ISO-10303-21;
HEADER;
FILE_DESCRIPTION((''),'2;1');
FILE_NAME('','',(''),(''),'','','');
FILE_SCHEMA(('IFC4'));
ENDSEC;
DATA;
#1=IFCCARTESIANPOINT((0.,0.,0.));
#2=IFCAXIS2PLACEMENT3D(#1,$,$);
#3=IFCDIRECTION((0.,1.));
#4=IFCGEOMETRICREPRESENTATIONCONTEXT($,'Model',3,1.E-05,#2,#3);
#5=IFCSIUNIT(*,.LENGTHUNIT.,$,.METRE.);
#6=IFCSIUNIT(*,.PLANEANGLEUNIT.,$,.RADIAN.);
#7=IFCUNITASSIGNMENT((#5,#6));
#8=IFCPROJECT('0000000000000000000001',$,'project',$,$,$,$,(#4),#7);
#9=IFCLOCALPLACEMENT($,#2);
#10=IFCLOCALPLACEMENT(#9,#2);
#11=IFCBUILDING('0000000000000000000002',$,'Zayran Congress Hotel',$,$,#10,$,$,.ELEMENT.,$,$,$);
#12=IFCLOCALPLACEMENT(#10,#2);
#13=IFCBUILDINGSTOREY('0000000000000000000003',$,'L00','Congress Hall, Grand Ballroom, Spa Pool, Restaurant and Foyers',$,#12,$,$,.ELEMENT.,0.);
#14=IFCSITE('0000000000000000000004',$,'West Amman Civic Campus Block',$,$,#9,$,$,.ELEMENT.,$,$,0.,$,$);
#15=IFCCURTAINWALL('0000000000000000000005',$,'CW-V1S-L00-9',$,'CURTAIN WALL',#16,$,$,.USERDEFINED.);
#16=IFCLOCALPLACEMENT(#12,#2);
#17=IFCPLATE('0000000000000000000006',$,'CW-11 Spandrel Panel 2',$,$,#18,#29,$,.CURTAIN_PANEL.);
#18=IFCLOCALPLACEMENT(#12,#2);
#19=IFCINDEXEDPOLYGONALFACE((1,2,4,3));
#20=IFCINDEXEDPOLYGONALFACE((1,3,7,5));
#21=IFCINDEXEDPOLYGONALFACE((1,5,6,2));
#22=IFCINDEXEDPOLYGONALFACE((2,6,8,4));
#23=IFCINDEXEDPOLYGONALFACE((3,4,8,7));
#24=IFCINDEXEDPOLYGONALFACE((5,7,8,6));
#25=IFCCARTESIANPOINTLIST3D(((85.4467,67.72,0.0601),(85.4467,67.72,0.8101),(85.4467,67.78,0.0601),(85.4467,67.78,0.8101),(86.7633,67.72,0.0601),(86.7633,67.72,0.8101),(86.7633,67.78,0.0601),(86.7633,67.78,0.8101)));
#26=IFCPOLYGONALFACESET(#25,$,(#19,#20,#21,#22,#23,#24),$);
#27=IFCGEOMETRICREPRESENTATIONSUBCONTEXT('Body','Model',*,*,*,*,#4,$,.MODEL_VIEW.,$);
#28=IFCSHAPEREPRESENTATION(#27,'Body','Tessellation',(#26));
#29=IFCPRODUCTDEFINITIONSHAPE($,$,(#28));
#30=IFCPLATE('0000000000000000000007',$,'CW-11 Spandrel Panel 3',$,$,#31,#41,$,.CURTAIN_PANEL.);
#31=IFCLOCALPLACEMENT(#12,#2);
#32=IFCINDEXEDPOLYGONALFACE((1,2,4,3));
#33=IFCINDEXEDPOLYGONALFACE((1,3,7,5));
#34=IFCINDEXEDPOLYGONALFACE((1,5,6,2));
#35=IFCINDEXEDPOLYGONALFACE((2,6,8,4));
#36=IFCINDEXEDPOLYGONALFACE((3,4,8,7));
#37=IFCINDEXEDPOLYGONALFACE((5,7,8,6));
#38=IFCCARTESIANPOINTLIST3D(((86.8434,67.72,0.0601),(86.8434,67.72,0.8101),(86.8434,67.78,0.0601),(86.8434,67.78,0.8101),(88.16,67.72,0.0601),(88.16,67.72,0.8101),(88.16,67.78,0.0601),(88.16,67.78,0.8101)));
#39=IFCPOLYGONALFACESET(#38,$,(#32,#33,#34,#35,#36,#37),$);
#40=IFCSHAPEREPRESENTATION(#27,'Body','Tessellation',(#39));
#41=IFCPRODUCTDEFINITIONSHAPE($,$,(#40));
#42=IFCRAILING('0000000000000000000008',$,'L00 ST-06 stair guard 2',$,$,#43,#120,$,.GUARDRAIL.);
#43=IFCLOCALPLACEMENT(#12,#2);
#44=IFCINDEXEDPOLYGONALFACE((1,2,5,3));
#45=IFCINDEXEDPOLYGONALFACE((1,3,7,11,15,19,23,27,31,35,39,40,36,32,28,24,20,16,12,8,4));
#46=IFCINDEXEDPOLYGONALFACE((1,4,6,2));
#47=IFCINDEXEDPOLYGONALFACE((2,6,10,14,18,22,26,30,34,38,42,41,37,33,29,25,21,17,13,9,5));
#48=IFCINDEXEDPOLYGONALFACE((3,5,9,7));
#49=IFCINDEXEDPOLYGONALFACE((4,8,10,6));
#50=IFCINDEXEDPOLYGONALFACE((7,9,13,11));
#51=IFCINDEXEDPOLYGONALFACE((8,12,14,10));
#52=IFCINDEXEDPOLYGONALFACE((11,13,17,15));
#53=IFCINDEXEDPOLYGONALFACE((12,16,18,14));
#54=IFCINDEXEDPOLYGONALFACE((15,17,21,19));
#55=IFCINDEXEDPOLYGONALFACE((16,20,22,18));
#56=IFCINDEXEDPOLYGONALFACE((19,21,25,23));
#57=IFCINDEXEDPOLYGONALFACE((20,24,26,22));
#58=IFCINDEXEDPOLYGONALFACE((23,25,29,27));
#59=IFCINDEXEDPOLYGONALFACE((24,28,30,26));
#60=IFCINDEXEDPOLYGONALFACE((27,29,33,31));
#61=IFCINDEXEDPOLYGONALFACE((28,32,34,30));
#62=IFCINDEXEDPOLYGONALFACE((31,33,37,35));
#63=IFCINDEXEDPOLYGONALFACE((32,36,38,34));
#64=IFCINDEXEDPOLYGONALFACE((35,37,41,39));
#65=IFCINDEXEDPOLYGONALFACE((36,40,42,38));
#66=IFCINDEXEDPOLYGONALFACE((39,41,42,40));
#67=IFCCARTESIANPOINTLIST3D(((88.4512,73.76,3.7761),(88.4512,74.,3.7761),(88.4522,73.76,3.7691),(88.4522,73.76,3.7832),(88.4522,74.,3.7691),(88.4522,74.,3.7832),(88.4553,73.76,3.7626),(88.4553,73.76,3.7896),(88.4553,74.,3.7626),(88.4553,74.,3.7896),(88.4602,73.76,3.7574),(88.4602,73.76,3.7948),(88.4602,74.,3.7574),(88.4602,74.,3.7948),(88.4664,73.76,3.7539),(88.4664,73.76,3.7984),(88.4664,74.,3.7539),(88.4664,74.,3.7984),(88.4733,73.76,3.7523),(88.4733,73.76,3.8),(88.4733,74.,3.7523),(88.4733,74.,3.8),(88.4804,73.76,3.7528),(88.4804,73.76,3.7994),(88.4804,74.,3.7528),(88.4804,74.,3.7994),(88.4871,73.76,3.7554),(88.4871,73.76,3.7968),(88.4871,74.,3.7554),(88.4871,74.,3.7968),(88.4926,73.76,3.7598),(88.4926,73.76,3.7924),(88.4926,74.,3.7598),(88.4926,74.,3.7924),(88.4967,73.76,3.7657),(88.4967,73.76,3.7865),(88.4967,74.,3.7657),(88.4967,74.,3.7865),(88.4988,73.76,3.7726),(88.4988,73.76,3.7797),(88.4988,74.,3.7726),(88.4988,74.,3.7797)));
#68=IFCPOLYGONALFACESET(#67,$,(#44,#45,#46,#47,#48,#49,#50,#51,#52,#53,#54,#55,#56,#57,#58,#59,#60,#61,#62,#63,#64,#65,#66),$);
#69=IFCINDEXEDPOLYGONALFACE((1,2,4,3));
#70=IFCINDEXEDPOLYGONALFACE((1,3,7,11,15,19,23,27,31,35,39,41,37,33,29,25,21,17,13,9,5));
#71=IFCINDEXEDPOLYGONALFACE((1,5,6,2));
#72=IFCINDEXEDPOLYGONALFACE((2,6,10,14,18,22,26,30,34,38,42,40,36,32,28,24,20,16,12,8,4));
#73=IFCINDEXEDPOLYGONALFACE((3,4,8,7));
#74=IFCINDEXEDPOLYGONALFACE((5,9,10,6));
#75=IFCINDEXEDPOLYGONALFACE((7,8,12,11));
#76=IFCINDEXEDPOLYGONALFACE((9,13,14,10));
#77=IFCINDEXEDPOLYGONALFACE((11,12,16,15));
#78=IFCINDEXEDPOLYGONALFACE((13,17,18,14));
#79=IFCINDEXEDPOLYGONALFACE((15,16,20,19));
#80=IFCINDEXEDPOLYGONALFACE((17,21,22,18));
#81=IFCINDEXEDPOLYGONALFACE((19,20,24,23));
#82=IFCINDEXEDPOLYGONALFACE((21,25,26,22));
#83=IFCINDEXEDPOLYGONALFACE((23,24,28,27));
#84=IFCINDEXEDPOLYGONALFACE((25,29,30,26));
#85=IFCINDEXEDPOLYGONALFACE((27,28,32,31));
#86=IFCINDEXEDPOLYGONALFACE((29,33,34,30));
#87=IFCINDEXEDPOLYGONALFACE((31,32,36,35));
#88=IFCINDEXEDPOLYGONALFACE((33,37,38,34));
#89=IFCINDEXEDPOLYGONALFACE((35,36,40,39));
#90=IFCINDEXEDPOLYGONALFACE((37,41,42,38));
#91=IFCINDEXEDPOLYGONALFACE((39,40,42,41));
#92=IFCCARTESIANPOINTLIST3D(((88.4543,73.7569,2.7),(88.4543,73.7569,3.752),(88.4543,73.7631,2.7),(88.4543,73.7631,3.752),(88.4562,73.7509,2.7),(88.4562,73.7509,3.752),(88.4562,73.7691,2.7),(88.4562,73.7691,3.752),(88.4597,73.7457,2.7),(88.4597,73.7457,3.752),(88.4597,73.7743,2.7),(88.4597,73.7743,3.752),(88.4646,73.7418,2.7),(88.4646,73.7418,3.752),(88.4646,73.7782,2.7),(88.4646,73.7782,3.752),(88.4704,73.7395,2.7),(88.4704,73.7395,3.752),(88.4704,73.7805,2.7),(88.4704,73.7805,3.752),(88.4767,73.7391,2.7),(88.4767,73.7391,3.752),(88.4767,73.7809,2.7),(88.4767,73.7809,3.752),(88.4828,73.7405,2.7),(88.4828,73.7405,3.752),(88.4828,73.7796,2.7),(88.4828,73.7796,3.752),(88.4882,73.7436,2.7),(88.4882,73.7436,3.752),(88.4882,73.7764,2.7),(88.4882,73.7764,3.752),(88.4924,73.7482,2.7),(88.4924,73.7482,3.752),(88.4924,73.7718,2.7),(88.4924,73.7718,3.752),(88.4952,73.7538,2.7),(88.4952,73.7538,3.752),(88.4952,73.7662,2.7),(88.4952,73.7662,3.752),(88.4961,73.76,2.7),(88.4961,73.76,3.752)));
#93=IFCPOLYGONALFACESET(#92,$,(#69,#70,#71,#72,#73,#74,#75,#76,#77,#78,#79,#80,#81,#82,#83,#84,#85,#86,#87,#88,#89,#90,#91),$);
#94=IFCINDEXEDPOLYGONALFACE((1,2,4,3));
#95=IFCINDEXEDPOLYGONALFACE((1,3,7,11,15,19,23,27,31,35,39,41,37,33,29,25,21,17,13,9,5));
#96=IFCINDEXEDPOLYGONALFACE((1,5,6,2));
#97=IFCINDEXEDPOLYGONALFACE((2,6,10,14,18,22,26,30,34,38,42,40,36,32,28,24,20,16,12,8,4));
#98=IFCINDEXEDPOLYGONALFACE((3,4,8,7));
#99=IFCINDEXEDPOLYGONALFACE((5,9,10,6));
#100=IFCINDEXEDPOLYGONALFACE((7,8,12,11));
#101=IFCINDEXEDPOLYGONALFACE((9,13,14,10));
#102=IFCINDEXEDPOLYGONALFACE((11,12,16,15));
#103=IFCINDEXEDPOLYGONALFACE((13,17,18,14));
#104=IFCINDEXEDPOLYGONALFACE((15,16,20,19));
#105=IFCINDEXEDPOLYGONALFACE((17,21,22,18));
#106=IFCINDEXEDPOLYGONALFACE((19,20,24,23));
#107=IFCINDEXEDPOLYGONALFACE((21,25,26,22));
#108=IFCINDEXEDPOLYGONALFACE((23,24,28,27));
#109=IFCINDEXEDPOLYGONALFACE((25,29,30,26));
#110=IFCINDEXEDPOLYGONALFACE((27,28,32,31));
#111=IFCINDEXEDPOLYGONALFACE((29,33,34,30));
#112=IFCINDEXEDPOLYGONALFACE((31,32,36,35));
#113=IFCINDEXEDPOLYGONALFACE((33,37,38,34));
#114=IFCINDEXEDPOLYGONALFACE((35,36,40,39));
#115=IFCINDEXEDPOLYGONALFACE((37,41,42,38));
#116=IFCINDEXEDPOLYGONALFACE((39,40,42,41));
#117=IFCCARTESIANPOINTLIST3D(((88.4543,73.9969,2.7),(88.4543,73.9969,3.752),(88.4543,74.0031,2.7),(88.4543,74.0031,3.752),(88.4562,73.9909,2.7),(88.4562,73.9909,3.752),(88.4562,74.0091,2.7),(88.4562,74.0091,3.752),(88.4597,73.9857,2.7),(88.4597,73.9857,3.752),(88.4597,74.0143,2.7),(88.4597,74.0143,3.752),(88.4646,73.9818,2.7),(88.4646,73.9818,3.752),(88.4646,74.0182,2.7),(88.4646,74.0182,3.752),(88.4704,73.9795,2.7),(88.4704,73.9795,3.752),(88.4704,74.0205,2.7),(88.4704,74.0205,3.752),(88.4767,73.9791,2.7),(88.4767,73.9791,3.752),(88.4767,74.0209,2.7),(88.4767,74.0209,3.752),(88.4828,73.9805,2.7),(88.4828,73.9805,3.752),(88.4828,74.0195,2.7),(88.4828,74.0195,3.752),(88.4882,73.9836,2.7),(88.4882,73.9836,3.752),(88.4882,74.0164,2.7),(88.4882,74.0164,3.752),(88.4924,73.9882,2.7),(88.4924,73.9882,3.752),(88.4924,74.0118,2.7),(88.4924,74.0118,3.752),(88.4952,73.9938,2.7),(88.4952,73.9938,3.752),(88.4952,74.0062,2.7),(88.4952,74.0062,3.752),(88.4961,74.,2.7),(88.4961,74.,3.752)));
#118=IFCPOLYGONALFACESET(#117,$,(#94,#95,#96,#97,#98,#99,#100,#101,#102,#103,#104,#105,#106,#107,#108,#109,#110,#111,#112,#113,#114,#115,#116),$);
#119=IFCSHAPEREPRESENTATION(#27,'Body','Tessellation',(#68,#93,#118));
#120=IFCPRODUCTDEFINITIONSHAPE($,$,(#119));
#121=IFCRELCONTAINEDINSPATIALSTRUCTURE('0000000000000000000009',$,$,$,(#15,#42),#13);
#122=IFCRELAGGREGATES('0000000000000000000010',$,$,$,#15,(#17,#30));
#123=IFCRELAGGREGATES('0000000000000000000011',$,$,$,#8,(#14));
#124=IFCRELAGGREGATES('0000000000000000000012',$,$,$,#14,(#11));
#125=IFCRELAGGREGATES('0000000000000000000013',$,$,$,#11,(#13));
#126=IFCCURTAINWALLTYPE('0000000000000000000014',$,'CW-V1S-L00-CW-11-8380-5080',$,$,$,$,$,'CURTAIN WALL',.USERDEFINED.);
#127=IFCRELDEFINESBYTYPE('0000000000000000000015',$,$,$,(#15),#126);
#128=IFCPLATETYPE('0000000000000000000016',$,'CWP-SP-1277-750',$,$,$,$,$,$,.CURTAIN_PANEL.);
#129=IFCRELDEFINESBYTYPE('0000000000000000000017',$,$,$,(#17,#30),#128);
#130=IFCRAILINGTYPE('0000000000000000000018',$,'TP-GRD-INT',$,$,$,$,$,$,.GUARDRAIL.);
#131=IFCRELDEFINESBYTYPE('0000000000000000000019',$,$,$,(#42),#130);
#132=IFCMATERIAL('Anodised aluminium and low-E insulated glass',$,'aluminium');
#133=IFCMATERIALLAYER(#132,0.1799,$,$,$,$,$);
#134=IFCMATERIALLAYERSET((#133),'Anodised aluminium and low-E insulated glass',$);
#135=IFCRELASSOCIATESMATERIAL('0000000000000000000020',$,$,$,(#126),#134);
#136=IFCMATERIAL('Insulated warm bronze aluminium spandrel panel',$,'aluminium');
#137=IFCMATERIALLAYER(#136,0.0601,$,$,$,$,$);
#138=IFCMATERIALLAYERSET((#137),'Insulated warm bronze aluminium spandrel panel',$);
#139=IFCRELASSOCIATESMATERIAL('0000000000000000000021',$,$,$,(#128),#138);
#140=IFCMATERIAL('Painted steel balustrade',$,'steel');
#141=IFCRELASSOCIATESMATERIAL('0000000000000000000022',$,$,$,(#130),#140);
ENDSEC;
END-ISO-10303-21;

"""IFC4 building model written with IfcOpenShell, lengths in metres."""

from ifc_helpers import new_model, si_unit, direction, frame, origin, origin_2d, place, context, subcontext, project, spatial, rectangle, circle, extrude, material, layer, layer_set, type_object, element, aggregate, save


model = new_model("IFC4")

# Units and contexts
model_context = context("Model", 3, precision=1e-05, world=origin(), true_north=direction((0.0, 1.0)))
body_context = subcontext(model_context, "Body", "Model", "MODEL_VIEW")
ifc_project = project(units=[si_unit("LENGTHUNIT", "METRE"), si_unit("PLANEANGLEUNIT", "RADIAN")], contexts=[model_context])

# Site, building, storey
site_placement = place(None, origin())
site = spatial("IfcSite", under=ifc_project, at=site_placement, Name="West Amman Civic Campus Block", CompositionType="ELEMENT", RefElevation=0.0)
building_placement = place(site_placement, origin())
building = spatial("IfcBuilding", under=site, at=building_placement, Name="Zayran Congress Hotel", CompositionType="ELEMENT")
storey_placement = place(building_placement, origin())
storey = spatial("IfcBuildingStorey", under=building, at=storey_placement, Name="L00", Description="Congress Hall, Grand Ballroom, Spa Pool, Restaurant and Foyers", CompositionType="ELEMENT", Elevation=0.0)

# Curtain wall, plates
ifc_material_1 = material(Name="Anodised aluminium and low-E insulated glass", Category="aluminium")
ifc_layer_1 = layer(ifc_material_1, 0.1799)
ifc_layer_set_1 = layer_set([ifc_layer_1], Name="Anodised aluminium and low-E insulated glass")
curtain_wall_type = type_object("IfcCurtainWallType", Name="CW-V1S-L00-CW-11-8380-5080", ElementType="CURTAIN WALL", PredefinedType="USERDEFINED", material=ifc_layer_set_1)
curtain_wall_placement = place(storey_placement, origin())
curtain_wall = element("IfcCurtainWall", 1, at=curtain_wall_placement, inside=storey, type_object=curtain_wall_type, Name="CW-V1S-L00-9", ObjectType="CURTAIN WALL", PredefinedType="USERDEFINED")
ifc_material_2 = material(Name="Insulated warm bronze aluminium spandrel panel", Category="aluminium")
ifc_layer_2 = layer(ifc_material_2, 0.0601)
ifc_layer_set_2 = layer_set([ifc_layer_2], Name="Insulated warm bronze aluminium spandrel panel")
plate_type_1 = type_object("IfcPlateType", Name="CWP-SP-1277-750", PredefinedType="CURTAIN_PANEL", material=ifc_layer_set_2)
plate_1_placement = place(storey_placement, frame((86.105, 67.75, 0.0601), z_axis=(0.0, 0.0, 1.0), x_axis=(1.0, 0.0, 0.0)))
plate_1 = element("IfcPlate", 2, at=plate_1_placement, type_object=plate_type_1, Name="CW-11 Spandrel Panel 2", PredefinedType="CURTAIN_PANEL", context=body_context, shape_type="SweptSolid", body=[
    extrude(rectangle(XDim=1.3167, YDim=0.0601, at=origin_2d()), origin(), (0.0, 0.0, 1.0), 0.75),
])
plate_2_placement = place(storey_placement, frame((87.5017, 67.75, 0.0601), z_axis=(0.0, 0.0, 1.0), x_axis=(1.0, 0.0, 0.0)))
plate_2 = element("IfcPlate", 3, at=plate_2_placement, type_object=plate_type_1, Name="CW-11 Spandrel Panel 3", PredefinedType="CURTAIN_PANEL", context=body_context, shape_type="SweptSolid", body=[
    extrude(rectangle(XDim=1.3167, YDim=0.0601, at=origin_2d()), origin(), (0.0, 0.0, 1.0), 0.75),
])
aggregate(curtain_wall, [plate_1, plate_2])

# Railing
ifc_material_3 = material(Name="Painted steel balustrade", Category="steel")
railing_type = type_object("IfcRailingType", Name="TP-GRD-INT", PredefinedType="GUARDRAIL", material=ifc_material_3)
railing_placement = place(storey_placement, frame((88.4751, 73.76, 2.7)))
element("IfcRailing", 4, at=railing_placement, inside=storey, type_object=railing_type, Name="L00 ST-06 stair guard 2", PredefinedType="GUARDRAIL", context=body_context, shape_type="SweptSolid", body=[
    extrude(circle(Radius=0.0239, at=origin_2d()), frame((0.0, 0.0, 1.0762), z_axis=(0.0, 1.0, 0.0), x_axis=(-1.0, 0.0, 0.0)), (0.0, 0.0, 1.0), 0.24),
    extrude(circle(Radius=0.021, at=origin_2d()), origin(), (0.0, 0.0, 1.0), 1.052),
    extrude(circle(Radius=0.021, at=origin_2d()), frame((0.0, 0.24, 0.0)), (0.0, 0.0, 1.0), 1.052),
])

save(model, "model.ifc")
